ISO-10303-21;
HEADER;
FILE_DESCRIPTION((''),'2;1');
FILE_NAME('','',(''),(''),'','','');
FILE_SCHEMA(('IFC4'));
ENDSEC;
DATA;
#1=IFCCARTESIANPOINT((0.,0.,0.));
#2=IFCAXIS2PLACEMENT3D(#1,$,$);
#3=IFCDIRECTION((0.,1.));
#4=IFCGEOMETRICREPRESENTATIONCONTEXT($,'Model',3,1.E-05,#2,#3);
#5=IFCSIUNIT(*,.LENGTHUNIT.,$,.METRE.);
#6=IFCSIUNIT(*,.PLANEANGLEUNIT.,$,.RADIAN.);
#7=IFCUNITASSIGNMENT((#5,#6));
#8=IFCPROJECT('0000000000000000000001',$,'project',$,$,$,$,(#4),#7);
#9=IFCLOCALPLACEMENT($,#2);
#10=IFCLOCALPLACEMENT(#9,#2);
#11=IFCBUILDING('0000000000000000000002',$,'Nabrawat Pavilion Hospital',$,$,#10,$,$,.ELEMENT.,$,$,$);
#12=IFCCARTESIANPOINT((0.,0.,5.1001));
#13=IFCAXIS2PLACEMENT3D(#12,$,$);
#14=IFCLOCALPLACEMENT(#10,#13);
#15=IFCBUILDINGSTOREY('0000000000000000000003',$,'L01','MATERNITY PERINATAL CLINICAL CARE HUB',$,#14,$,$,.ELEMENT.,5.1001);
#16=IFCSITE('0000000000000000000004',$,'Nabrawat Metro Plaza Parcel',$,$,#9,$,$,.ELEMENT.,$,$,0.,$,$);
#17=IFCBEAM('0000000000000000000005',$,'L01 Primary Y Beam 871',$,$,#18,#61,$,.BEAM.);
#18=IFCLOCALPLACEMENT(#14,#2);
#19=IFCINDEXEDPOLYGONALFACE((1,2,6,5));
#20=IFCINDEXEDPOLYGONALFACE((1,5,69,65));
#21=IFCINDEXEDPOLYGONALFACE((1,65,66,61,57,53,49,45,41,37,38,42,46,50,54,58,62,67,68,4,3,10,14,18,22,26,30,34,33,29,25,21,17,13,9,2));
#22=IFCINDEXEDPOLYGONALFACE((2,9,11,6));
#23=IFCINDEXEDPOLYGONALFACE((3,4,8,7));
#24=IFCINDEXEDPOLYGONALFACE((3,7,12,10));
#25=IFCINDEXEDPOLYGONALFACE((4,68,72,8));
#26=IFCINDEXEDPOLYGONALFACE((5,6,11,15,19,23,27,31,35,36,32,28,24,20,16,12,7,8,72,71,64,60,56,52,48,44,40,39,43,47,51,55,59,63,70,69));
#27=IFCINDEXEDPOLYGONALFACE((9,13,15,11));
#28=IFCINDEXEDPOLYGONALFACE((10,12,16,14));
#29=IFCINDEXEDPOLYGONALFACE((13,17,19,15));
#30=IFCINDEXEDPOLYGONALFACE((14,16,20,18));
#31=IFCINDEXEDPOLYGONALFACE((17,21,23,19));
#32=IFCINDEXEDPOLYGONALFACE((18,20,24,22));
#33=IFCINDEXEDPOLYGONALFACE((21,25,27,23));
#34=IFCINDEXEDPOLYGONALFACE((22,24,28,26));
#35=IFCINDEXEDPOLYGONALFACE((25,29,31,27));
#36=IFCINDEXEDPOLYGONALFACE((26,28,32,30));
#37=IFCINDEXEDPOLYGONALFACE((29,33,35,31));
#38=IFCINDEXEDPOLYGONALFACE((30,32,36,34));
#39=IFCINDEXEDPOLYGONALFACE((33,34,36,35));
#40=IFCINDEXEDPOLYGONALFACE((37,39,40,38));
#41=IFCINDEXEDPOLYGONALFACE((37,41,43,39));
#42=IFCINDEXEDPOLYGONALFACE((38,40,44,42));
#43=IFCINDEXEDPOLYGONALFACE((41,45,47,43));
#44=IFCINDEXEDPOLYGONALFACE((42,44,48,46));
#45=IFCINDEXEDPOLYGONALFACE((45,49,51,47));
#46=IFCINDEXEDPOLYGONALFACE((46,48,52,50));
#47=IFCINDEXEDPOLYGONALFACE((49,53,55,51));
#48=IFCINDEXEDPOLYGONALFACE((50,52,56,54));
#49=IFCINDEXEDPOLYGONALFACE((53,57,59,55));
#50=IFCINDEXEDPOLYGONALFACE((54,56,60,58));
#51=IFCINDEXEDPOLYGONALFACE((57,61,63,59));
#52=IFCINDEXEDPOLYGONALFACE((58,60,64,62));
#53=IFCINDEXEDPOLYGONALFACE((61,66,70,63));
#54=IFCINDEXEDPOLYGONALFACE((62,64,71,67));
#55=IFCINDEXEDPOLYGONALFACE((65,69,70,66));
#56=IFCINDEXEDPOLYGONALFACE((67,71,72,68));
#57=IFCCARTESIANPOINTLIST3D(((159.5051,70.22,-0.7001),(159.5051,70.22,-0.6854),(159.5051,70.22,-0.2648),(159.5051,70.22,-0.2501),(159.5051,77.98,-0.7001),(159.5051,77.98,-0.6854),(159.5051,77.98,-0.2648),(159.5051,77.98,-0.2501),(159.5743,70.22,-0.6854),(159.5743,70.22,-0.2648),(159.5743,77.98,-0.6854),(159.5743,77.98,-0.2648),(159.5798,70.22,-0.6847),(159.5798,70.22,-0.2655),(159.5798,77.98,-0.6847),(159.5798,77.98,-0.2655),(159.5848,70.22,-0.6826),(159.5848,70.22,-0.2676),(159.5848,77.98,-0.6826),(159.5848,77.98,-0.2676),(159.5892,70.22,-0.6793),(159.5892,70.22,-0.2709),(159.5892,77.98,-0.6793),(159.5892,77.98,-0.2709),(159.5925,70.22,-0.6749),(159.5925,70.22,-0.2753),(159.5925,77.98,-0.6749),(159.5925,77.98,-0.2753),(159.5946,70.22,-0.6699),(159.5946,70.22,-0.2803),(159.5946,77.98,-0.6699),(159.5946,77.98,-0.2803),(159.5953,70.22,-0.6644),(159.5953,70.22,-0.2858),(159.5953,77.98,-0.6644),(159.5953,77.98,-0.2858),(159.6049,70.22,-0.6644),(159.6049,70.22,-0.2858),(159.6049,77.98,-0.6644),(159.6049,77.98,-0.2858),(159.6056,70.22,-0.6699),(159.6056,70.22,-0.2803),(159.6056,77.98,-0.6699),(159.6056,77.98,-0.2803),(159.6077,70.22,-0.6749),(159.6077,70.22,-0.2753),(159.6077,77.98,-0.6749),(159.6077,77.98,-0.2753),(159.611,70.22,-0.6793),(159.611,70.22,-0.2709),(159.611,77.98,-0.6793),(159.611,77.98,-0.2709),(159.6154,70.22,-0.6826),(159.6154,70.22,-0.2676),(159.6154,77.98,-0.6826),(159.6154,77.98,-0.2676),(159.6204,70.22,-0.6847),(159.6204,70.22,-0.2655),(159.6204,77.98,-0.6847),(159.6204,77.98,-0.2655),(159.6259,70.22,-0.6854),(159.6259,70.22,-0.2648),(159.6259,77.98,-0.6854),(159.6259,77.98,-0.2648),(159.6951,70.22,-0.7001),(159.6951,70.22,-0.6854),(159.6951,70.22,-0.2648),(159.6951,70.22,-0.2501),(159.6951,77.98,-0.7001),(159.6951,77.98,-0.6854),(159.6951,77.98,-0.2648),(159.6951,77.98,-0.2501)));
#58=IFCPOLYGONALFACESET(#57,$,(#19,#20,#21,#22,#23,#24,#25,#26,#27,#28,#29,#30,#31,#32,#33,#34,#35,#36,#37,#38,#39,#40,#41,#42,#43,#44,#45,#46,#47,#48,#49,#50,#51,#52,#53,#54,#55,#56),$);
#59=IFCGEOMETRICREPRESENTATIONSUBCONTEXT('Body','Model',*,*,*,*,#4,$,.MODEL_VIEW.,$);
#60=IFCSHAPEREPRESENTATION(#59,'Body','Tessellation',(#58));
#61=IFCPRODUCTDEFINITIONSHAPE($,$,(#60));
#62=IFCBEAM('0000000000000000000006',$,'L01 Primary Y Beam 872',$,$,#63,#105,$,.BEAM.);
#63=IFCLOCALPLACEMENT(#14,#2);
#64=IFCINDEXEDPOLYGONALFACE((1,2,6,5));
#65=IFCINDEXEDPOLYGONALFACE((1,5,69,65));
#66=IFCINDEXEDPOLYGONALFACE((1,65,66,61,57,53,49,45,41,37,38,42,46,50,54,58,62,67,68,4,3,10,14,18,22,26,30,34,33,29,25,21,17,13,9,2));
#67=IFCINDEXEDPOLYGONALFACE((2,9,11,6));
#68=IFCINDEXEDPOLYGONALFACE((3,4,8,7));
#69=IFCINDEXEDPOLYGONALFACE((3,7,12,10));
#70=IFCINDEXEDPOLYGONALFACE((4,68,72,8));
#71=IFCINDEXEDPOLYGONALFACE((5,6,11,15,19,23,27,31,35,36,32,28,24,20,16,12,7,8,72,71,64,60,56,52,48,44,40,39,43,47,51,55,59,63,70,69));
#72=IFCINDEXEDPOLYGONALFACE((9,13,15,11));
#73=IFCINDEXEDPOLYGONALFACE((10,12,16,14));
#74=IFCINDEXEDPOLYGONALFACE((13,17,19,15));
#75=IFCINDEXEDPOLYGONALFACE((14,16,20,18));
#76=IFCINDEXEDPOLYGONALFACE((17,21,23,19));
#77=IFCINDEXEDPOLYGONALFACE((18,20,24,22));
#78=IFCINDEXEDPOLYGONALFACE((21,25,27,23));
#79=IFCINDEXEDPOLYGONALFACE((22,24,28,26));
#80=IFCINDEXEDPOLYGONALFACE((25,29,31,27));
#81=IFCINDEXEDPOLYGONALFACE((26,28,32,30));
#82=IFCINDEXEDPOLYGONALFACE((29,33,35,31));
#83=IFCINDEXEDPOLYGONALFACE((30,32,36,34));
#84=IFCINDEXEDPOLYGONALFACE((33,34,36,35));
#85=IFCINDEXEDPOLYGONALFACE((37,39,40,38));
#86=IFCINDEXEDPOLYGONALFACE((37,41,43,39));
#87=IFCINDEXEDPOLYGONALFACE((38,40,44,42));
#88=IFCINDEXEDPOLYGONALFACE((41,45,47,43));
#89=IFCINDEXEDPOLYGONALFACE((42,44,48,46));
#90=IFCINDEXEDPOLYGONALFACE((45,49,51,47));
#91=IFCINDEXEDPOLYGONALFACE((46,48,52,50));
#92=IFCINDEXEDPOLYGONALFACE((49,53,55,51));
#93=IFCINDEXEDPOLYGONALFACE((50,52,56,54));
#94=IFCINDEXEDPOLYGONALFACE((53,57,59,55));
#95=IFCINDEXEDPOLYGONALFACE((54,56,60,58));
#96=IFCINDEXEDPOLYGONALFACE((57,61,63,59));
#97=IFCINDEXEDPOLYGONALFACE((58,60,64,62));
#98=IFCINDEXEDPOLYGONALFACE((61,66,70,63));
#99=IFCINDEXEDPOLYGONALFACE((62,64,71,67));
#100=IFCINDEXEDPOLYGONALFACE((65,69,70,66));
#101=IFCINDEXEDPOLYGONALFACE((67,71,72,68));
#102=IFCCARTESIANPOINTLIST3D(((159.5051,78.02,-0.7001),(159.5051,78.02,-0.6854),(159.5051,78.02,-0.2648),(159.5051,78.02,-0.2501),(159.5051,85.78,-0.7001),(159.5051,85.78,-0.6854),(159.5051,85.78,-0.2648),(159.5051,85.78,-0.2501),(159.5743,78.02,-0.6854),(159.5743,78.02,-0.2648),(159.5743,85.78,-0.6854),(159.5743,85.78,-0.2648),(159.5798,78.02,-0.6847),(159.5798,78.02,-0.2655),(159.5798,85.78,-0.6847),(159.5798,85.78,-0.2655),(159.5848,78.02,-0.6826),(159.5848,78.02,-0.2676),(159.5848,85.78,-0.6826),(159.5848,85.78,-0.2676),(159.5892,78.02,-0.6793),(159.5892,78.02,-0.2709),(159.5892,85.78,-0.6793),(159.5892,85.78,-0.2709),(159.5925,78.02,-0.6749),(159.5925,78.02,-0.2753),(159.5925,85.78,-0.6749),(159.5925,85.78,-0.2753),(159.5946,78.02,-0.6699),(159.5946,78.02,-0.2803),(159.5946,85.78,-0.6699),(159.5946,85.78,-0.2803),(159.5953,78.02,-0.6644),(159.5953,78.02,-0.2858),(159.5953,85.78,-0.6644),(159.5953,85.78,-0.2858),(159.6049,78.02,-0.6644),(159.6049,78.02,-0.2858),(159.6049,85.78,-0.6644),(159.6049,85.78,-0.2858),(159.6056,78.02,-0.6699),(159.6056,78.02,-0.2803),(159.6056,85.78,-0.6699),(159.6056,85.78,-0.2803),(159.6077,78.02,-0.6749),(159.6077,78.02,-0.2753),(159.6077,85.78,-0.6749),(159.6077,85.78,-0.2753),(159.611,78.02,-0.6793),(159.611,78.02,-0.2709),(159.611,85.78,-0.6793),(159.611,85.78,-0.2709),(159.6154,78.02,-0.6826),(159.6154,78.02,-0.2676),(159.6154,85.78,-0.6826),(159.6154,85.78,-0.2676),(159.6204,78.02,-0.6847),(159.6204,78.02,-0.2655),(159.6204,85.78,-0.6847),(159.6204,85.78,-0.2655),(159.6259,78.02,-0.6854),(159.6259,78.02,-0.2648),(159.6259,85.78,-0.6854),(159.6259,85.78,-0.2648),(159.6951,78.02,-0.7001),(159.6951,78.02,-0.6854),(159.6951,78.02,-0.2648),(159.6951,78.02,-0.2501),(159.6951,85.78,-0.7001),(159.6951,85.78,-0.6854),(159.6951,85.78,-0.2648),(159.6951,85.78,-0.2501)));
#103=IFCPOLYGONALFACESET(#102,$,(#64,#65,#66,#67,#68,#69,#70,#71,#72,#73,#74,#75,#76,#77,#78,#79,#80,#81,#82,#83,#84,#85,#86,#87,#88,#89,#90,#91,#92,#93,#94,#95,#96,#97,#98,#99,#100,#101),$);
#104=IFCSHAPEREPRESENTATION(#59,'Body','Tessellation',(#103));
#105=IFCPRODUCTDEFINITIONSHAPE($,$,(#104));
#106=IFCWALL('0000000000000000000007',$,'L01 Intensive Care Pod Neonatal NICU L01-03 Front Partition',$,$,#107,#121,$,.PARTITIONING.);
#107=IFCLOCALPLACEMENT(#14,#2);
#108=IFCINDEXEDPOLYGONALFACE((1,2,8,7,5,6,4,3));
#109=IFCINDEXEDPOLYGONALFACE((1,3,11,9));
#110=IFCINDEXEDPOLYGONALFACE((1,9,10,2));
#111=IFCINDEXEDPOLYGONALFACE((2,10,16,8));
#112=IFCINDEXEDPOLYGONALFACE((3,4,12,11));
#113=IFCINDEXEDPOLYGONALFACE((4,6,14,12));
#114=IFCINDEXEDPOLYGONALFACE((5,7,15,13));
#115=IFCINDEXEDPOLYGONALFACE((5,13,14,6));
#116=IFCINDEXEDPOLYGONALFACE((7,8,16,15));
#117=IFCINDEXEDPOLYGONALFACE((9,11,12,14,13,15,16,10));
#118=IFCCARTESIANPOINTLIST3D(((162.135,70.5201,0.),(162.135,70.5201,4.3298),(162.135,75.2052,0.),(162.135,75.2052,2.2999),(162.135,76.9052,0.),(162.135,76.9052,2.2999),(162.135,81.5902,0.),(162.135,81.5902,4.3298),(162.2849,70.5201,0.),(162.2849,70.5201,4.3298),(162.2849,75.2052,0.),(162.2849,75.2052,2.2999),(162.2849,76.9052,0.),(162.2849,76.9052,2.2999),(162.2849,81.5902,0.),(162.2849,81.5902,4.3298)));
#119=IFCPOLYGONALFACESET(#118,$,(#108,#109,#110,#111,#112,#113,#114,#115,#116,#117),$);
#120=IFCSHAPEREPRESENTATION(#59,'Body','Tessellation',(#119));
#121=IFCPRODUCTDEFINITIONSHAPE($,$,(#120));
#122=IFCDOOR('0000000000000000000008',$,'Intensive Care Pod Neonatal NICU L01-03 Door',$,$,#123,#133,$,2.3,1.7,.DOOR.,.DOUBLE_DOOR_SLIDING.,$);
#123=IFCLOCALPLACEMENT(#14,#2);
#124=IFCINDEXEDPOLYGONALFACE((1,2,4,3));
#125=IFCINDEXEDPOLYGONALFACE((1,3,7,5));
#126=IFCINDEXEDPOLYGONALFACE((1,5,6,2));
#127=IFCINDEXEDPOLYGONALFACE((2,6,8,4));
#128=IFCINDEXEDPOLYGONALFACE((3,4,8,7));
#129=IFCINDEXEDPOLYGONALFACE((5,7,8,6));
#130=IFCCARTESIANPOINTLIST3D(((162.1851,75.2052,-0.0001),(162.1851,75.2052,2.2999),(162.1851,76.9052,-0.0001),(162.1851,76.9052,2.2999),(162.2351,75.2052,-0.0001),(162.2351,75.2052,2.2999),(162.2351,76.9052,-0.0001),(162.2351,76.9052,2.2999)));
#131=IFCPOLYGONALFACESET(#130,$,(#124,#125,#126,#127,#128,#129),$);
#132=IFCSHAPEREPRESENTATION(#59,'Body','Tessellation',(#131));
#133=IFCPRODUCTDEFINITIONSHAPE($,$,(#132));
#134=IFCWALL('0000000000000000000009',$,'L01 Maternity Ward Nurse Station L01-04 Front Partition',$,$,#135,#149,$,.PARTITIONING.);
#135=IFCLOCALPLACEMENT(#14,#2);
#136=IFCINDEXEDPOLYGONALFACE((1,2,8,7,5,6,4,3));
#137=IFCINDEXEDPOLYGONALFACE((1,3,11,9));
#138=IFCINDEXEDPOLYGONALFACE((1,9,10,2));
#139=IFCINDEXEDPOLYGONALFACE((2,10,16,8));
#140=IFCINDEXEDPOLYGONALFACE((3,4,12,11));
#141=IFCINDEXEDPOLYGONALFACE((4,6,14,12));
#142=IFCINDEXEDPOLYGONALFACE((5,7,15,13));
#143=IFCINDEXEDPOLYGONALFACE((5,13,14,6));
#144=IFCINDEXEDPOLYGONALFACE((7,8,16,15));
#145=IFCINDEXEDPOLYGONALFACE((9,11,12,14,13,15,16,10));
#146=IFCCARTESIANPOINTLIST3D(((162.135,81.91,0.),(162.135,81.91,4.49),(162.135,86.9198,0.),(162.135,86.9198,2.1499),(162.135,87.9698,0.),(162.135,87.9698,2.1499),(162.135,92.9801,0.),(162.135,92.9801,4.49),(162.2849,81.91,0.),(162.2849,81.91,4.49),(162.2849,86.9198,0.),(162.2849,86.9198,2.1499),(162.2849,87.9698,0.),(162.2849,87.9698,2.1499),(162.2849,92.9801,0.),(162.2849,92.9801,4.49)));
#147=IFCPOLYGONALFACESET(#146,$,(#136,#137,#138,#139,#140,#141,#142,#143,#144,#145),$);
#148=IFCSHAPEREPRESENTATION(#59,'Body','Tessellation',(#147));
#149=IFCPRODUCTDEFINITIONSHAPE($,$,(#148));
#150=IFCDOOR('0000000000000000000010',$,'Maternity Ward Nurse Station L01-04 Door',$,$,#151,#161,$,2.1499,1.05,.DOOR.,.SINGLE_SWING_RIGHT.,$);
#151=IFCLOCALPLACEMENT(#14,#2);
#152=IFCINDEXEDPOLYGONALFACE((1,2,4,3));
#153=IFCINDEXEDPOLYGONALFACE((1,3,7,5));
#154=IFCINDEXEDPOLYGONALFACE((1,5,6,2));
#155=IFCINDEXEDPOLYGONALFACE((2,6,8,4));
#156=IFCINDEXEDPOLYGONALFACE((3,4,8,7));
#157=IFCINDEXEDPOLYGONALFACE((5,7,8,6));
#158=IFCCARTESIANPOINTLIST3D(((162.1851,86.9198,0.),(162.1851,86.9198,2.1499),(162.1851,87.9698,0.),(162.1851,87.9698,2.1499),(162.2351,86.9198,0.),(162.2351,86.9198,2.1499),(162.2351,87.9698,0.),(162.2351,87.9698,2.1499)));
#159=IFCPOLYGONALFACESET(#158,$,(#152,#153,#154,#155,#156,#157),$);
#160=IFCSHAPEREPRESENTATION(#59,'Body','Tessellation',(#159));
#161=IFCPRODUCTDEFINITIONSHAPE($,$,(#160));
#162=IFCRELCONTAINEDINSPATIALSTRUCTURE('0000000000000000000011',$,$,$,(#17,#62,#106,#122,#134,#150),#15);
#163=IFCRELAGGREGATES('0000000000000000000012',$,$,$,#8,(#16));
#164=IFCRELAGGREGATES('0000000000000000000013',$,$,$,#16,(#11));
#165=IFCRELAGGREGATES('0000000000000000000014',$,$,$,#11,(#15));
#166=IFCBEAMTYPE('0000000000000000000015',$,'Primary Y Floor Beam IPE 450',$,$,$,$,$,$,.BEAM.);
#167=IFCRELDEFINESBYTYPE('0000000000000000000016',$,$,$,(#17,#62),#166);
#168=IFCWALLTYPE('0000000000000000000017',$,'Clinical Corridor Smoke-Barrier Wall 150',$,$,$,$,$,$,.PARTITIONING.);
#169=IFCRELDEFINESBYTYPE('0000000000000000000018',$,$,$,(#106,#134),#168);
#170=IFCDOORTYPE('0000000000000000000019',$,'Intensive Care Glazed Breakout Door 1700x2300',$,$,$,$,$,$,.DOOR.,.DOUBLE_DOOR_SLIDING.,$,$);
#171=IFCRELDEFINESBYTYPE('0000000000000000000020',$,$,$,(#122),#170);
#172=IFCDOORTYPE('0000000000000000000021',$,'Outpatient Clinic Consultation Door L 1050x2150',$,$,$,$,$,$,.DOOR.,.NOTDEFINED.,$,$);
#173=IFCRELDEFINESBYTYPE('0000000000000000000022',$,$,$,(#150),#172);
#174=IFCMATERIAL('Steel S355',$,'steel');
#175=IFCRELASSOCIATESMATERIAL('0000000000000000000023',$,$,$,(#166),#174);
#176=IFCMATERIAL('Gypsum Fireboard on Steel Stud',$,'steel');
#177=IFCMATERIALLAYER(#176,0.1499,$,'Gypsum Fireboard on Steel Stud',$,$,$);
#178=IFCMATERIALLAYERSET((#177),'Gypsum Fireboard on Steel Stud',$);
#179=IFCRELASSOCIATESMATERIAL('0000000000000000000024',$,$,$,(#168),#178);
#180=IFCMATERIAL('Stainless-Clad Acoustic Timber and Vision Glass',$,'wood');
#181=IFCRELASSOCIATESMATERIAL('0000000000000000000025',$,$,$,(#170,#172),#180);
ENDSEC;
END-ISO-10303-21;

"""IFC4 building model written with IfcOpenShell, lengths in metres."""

from ifc_helpers import new_model, si_unit, direction, frame, frame_2d, origin, origin_2d, place, context, subcontext, project, spatial, rectangle, i_section, extrude, material, layer, layer_set, material_profile, profile_set, type_object, element, fill, save


model = new_model("IFC4")

# Units and contexts
model_context = context("Model", 3, precision=1e-05, world=origin(), true_north=direction((0.0, 1.0)))
body_context = subcontext(model_context, "Body", "Model", "MODEL_VIEW")
ifc_project = project(units=[si_unit("LENGTHUNIT", "METRE"), si_unit("PLANEANGLEUNIT", "RADIAN")], contexts=[model_context])

# Site, building, storey
site_placement = place(None, origin())
site = spatial("IfcSite", under=ifc_project, at=site_placement, Name="Nabrawat Metro Plaza Parcel", CompositionType="ELEMENT", RefElevation=0.0)
building_placement = place(site_placement, origin())
building = spatial("IfcBuilding", under=site, at=building_placement, Name="Nabrawat Pavilion Hospital", CompositionType="ELEMENT")
storey_placement = place(building_placement, frame((0.0, 0.0, 5.1001)))
storey = spatial("IfcBuildingStorey", under=building, at=storey_placement, Name="L01", Description="MATERNITY PERINATAL CLINICAL CARE HUB", CompositionType="ELEMENT", Elevation=5.1001)

# Beams
ifc_material_1 = material(Name="Steel S355", Category="steel")
ifc_material_profile_1 = material_profile(ifc_material_1, i_section(OverallWidth=0.1899, OverallDepth=0.45, WebThickness=0.0095, FlangeThickness=0.0146, FilletRadius=0.021, at=origin_2d()), Name="IPE 450")
ifc_profile_set_1 = profile_set([ifc_material_profile_1], Name="Steel S355")
beam_type_1 = type_object("IfcBeamType", Name="Primary Y Floor Beam IPE 450", PredefinedType="BEAM", material=ifc_profile_set_1)
for number, where, z_axis, x_axis, name in (
    (1, (159.6001, 70.22, -0.4751), (0.0, 1.0, 0.0), (-1.0, 0.0, 0.0), "L01 Primary Y Beam 871"),
    (2, (159.6001, 78.02, -0.4751), (0.0, 1.0, 0.0), (-1.0, 0.0, 0.0), "L01 Primary Y Beam 872"),
):
    element("IfcBeam", number, at=place(storey_placement, frame(where, z_axis=z_axis, x_axis=x_axis)), inside=storey, type_object=beam_type_1, Name=name, PredefinedType="BEAM", context=body_context, shape_type="SweptSolid", body=[
        extrude(i_section(OverallWidth=0.1899, OverallDepth=0.45, WebThickness=0.0095, FlangeThickness=0.0146, FilletRadius=0.021, at=origin_2d()), origin(), (0.0, 0.0, 1.0), 7.76),
    ])

# Walls, openings, doors
ifc_material_2 = material(Name="Gypsum Fireboard on Steel Stud", Category="steel")
ifc_layer_1 = layer(ifc_material_2, 0.1499, Name="Gypsum Fireboard on Steel Stud")
ifc_layer_set_1 = layer_set([ifc_layer_1], Name="Gypsum Fireboard on Steel Stud")
wall_type_1 = type_object("IfcWallType", Name="Clinical Corridor Smoke-Barrier Wall 150", PredefinedType="PARTITIONING", material=ifc_layer_set_1)
wall_1_placement = place(storey_placement, frame((162.21, 70.52, 0.0), z_axis=(0.0, 0.0, 1.0), x_axis=(0.0, 1.0, 0.0)))
wall_1 = element("IfcWall", 3, at=wall_1_placement, inside=storey, type_object=wall_type_1, Name="L01 Intensive Care Pod Neonatal NICU L01-03 Front Partition", PredefinedType="PARTITIONING", context=body_context, shape_type="SweptSolid", body=[
    extrude(rectangle(XDim=11.0701, YDim=0.1499, at=frame_2d((5.5352, 0.0))), origin(), (0.0, 0.0, 1.0), 4.3298),
])
opening_1_placement = place(wall_1_placement, frame((4.6851, 0.0, 0.0)))
opening_1 = element("IfcOpeningElement", 4, at=opening_1_placement, cuts=wall_1, PredefinedType="OPENING", context=body_context, shape_type="SweptSolid", body=[
    extrude(rectangle(XDim=1.7, YDim=2.3, at=frame_2d((0.8501, 1.1499))), frame((0.0, 0.085, 0.0), z_axis=(0.0, -1.0, 0.0), x_axis=(1.0, 0.0, 0.0)), (0.0, 0.0, 1.0), 0.1699),
])
ifc_material_3 = material(Name="Stainless-Clad Acoustic Timber and Vision Glass", Category="wood")
door_type_1 = type_object("IfcDoorType", Name="Intensive Care Glazed Breakout Door 1700x2300", OperationType="DOUBLE_DOOR_SLIDING", PredefinedType="DOOR", material=ifc_material_3)
door_1_placement = place(opening_1_placement, origin())
door_1 = element("IfcDoor", 5, at=door_1_placement, inside=storey, type_object=door_type_1, Name="Intensive Care Pod Neonatal NICU L01-03 Door", OperationType="DOUBLE_DOOR_SLIDING", OverallHeight=2.3, OverallWidth=1.7, PredefinedType="DOOR", context=body_context, shape_type="SweptSolid", body=[
    extrude(rectangle(XDim=1.7, YDim=2.3, at=frame_2d((0.8501, 1.1499))), frame((0.0, 0.0249, 0.0), z_axis=(0.0, -1.0, 0.0), x_axis=(1.0, 0.0, 0.0)), (0.0, 0.0, 1.0), 0.05),
])
fill(opening_1, door_1)
wall_2_placement = place(storey_placement, frame((162.21, 81.9099, 0.0), z_axis=(0.0, 0.0, 1.0), x_axis=(0.0, 1.0, 0.0)))
wall_2 = element("IfcWall", 6, at=wall_2_placement, inside=storey, type_object=wall_type_1, Name="L01 Maternity Ward Nurse Station L01-04 Front Partition", PredefinedType="PARTITIONING", context=body_context, shape_type="SweptSolid", body=[
    extrude(rectangle(XDim=11.0701, YDim=0.1499, at=frame_2d((5.5352, 0.0))), origin(), (0.0, 0.0, 1.0), 4.49),
])
opening_2_placement = place(wall_2_placement, frame((5.01, 0.0, 0.0)))
opening_2 = element("IfcOpeningElement", 7, at=opening_2_placement, cuts=wall_2, PredefinedType="OPENING", context=body_context, shape_type="SweptSolid", body=[
    extrude(rectangle(XDim=1.05, YDim=2.1499, at=frame_2d((0.5249, 1.075))), frame((0.0, 0.085, 0.0), z_axis=(0.0, -1.0, 0.0), x_axis=(1.0, 0.0, 0.0)), (0.0, 0.0, 1.0), 0.1699),
])
door_type_2 = type_object("IfcDoorType", Name="Outpatient Clinic Consultation Door L 1050x2150", OperationType="NOTDEFINED", PredefinedType="DOOR", material=ifc_material_3)
door_2_placement = place(opening_2_placement, origin())
door_2 = element("IfcDoor", 8, at=door_2_placement, inside=storey, type_object=door_type_2, Name="Maternity Ward Nurse Station L01-04 Door", OperationType="SINGLE_SWING_RIGHT", OverallHeight=2.1499, OverallWidth=1.05, PredefinedType="DOOR", context=body_context, shape_type="SweptSolid", body=[
    extrude(rectangle(XDim=1.05, YDim=2.1499, at=frame_2d((0.5249, 1.075))), frame((0.0, 0.0249, 0.0), z_axis=(0.0, -1.0, 0.0), x_axis=(1.0, 0.0, 0.0)), (0.0, 0.0, 1.0), 0.05),
])
fill(opening_2, door_2)

save(model, "model.ifc")
